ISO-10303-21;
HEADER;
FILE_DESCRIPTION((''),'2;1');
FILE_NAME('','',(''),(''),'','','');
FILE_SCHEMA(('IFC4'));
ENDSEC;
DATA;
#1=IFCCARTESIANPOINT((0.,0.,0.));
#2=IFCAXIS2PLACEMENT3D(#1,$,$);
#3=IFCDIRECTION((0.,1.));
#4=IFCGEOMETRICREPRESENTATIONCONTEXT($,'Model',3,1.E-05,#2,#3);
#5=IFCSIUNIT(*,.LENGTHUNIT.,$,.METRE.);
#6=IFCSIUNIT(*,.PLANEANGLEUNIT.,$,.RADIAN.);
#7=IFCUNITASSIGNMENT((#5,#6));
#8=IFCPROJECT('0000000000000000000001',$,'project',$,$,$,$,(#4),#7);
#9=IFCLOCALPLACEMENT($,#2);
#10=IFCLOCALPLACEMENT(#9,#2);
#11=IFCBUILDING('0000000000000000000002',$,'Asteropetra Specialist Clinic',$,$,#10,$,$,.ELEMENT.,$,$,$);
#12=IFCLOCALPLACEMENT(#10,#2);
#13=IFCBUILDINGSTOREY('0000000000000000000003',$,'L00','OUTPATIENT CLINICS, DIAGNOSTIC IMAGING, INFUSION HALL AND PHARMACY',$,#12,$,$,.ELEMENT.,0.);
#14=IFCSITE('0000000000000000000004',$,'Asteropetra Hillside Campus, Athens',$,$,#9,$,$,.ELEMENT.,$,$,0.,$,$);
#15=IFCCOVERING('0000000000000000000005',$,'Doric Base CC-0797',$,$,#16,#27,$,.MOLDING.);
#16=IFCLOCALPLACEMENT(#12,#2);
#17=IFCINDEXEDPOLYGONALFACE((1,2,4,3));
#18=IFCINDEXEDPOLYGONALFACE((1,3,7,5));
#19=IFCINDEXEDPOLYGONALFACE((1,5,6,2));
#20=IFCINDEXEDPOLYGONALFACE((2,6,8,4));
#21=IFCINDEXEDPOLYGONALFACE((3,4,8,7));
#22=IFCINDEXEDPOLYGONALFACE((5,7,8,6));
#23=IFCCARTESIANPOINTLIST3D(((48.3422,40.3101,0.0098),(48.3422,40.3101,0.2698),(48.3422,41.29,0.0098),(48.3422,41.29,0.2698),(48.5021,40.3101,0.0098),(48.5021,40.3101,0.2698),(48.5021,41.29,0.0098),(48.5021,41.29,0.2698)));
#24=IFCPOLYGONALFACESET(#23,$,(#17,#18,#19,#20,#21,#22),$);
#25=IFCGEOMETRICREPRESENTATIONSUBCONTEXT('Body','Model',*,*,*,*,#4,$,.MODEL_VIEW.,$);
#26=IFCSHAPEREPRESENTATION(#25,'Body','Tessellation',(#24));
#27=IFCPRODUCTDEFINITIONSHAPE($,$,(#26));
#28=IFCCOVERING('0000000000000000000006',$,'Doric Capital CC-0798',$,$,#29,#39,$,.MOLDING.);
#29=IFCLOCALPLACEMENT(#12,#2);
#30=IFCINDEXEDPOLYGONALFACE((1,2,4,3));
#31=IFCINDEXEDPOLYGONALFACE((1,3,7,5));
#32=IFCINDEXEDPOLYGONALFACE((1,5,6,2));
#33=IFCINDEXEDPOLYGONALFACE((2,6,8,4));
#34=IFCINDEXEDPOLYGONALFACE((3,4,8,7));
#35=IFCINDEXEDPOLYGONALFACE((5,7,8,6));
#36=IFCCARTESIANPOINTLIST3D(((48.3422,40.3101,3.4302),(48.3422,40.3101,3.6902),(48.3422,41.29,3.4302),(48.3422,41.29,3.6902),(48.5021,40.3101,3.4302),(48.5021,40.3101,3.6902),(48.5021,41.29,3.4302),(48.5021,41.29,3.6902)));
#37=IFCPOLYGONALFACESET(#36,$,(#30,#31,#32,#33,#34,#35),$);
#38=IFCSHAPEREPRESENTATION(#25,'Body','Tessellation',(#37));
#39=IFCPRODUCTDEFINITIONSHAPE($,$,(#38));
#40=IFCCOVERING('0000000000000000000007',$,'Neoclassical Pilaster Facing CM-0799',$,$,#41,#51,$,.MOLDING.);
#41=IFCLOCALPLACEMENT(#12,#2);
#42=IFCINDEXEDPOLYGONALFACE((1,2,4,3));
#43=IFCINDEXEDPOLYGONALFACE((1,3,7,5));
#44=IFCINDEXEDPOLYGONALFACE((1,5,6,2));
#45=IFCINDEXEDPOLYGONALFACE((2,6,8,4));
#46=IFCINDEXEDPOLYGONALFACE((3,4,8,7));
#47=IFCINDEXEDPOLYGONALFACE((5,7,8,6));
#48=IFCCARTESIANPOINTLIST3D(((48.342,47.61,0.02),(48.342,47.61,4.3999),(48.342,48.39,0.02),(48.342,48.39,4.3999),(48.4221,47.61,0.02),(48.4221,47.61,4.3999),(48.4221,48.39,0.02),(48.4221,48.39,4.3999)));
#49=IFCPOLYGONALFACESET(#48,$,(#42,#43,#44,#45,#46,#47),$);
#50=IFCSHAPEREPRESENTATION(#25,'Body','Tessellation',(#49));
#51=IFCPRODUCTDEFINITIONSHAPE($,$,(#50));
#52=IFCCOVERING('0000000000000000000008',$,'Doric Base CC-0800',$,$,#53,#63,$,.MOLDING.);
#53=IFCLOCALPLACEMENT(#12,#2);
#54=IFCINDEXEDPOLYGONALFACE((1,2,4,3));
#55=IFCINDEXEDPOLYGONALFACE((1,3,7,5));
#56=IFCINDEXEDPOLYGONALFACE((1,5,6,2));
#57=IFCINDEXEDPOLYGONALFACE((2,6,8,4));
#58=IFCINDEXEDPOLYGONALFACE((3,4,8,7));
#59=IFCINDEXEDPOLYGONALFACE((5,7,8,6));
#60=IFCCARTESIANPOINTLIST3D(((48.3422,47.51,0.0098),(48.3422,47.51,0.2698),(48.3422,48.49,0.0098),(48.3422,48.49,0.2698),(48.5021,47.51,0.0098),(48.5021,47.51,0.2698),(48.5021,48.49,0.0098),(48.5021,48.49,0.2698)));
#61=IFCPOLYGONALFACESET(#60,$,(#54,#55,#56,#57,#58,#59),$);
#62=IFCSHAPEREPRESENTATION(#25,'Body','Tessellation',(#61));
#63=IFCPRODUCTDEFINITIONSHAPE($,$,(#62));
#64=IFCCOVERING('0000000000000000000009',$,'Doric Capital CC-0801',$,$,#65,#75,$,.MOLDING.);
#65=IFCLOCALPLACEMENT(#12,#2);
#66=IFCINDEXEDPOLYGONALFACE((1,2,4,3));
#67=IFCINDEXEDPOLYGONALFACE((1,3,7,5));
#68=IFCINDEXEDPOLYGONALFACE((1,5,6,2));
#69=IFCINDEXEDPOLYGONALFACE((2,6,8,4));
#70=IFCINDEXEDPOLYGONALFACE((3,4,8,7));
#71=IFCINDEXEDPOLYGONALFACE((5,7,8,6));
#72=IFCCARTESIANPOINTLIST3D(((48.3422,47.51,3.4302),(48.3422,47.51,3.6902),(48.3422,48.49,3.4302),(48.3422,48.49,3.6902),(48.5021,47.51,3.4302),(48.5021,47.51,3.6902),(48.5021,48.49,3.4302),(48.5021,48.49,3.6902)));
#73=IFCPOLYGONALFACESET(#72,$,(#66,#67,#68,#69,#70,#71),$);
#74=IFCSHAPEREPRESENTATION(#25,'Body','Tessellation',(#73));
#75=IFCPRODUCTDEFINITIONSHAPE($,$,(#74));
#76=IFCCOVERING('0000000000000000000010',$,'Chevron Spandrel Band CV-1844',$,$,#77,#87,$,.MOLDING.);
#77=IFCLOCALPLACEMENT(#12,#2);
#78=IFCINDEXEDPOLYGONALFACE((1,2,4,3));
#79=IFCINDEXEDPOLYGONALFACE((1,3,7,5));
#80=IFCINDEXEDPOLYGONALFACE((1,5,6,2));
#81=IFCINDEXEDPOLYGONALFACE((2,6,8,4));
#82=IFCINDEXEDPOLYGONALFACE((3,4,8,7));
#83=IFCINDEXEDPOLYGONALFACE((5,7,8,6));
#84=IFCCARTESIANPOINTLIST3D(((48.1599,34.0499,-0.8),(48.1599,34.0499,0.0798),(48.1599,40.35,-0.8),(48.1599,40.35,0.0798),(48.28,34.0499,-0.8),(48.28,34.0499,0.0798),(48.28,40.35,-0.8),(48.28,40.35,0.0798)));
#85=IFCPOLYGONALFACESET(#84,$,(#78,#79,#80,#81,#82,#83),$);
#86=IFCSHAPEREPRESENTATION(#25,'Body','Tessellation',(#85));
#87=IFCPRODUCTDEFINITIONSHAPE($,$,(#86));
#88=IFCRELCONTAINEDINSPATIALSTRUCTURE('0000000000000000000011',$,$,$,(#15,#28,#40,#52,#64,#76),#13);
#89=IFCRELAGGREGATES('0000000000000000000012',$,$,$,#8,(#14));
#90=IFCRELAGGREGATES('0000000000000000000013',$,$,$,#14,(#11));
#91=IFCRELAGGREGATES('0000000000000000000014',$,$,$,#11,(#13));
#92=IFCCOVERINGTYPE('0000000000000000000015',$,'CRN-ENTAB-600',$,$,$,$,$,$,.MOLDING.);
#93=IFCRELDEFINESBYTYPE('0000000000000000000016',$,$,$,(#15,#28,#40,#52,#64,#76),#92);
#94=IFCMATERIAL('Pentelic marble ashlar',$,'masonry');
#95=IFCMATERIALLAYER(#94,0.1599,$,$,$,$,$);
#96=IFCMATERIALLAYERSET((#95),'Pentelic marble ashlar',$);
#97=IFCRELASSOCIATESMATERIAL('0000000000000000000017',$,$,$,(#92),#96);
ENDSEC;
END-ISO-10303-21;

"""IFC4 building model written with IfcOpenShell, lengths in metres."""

from ifc_helpers import new_model, si_unit, direction, frame, origin, origin_2d, place, context, subcontext, project, spatial, rectangle, extrude, material, layer, layer_set, type_object, element, save


model = new_model("IFC4")

# Units and contexts
model_context = context("Model", 3, precision=1e-05, world=origin(), true_north=direction((0.0, 1.0)))
body_context = subcontext(model_context, "Body", "Model", "MODEL_VIEW")
ifc_project = project(units=[si_unit("LENGTHUNIT", "METRE"), si_unit("PLANEANGLEUNIT", "RADIAN")], contexts=[model_context])

# Site, building, storey
site_placement = place(None, origin())
site = spatial("IfcSite", under=ifc_project, at=site_placement, Name="Asteropetra Hillside Campus, Athens", CompositionType="ELEMENT", RefElevation=0.0)
building_placement = place(site_placement, origin())
building = spatial("IfcBuilding", under=site, at=building_placement, Name="Asteropetra Specialist Clinic", CompositionType="ELEMENT")
storey_placement = place(building_placement, origin())
storey = spatial("IfcBuildingStorey", under=building, at=storey_placement, Name="L00", Description="OUTPATIENT CLINICS, DIAGNOSTIC IMAGING, INFUSION HALL AND PHARMACY", CompositionType="ELEMENT", Elevation=0.0)

# Coverings
ifc_material_1 = material(Name="Pentelic marble ashlar", Category="masonry")
ifc_layer_1 = layer(ifc_material_1, 0.1599)
ifc_layer_set_1 = layer_set([ifc_layer_1], Name="Pentelic marble ashlar")
covering_type = type_object("IfcCoveringType", Name="CRN-ENTAB-600", PredefinedType="MOLDING", material=ifc_layer_set_1)
for number, where, z_axis, x_axis, name in (
    (1, (48.4221, 40.8, 0.0098), (0.0, 0.0, 1.0), (1.0, 0.0, 0.0), "Doric Base CC-0797"),
    (2, (48.4221, 40.8, 3.4302), (0.0, 0.0, 1.0), (1.0, 0.0, 0.0), "Doric Capital CC-0798"),
):
    element("IfcCovering", number, at=place(storey_placement, frame(where, z_axis=z_axis, x_axis=x_axis)), inside=storey, type_object=covering_type, Name=name, PredefinedType="MOLDING", context=body_context, shape_type="SweptSolid", body=[
        extrude(rectangle(XDim=0.1599, YDim=0.98, at=origin_2d()), origin(), (0.0, 0.0, 1.0), 0.26),
    ])
covering_1_placement = place(storey_placement, frame((48.3821, 48.0, 0.02), z_axis=(0.0, 0.0, 1.0), x_axis=(1.0, 0.0, 0.0)))
element("IfcCovering", 3, at=covering_1_placement, inside=storey, type_object=covering_type, Name="Neoclassical Pilaster Facing CM-0799", PredefinedType="MOLDING", context=body_context, shape_type="SweptSolid", body=[
    extrude(rectangle(XDim=0.0801, YDim=0.78, at=origin_2d()), origin(), (0.0, 0.0, 1.0), 4.3799),
])
for number, where, z_axis, x_axis, name in (
    (4, (48.4221, 48.0, 0.0098), (0.0, 0.0, 1.0), (1.0, 0.0, 0.0), "Doric Base CC-0800"),
    (5, (48.4221, 48.0, 3.4302), (0.0, 0.0, 1.0), (1.0, 0.0, 0.0), "Doric Capital CC-0801"),
):
    element("IfcCovering", number, at=place(storey_placement, frame(where, z_axis=z_axis, x_axis=x_axis)), inside=storey, type_object=covering_type, Name=name, PredefinedType="MOLDING", context=body_context, shape_type="SweptSolid", body=[
        extrude(rectangle(XDim=0.1599, YDim=0.98, at=origin_2d()), origin(), (0.0, 0.0, 1.0), 0.26),
    ])
covering_2_placement = place(storey_placement, frame((48.22, 37.2, -0.8), z_axis=(0.0, 0.0, 1.0), x_axis=(1.0, 0.0, 0.0)))
element("IfcCovering", 6, at=covering_2_placement, inside=storey, type_object=covering_type, Name="Chevron Spandrel Band CV-1844", PredefinedType="MOLDING", context=body_context, shape_type="SweptSolid", body=[
    extrude(rectangle(XDim=0.1201, YDim=6.3, at=origin_2d()), origin(), (0.0, 0.0, 1.0), 0.8799),
])

save(model, "model.ifc")
